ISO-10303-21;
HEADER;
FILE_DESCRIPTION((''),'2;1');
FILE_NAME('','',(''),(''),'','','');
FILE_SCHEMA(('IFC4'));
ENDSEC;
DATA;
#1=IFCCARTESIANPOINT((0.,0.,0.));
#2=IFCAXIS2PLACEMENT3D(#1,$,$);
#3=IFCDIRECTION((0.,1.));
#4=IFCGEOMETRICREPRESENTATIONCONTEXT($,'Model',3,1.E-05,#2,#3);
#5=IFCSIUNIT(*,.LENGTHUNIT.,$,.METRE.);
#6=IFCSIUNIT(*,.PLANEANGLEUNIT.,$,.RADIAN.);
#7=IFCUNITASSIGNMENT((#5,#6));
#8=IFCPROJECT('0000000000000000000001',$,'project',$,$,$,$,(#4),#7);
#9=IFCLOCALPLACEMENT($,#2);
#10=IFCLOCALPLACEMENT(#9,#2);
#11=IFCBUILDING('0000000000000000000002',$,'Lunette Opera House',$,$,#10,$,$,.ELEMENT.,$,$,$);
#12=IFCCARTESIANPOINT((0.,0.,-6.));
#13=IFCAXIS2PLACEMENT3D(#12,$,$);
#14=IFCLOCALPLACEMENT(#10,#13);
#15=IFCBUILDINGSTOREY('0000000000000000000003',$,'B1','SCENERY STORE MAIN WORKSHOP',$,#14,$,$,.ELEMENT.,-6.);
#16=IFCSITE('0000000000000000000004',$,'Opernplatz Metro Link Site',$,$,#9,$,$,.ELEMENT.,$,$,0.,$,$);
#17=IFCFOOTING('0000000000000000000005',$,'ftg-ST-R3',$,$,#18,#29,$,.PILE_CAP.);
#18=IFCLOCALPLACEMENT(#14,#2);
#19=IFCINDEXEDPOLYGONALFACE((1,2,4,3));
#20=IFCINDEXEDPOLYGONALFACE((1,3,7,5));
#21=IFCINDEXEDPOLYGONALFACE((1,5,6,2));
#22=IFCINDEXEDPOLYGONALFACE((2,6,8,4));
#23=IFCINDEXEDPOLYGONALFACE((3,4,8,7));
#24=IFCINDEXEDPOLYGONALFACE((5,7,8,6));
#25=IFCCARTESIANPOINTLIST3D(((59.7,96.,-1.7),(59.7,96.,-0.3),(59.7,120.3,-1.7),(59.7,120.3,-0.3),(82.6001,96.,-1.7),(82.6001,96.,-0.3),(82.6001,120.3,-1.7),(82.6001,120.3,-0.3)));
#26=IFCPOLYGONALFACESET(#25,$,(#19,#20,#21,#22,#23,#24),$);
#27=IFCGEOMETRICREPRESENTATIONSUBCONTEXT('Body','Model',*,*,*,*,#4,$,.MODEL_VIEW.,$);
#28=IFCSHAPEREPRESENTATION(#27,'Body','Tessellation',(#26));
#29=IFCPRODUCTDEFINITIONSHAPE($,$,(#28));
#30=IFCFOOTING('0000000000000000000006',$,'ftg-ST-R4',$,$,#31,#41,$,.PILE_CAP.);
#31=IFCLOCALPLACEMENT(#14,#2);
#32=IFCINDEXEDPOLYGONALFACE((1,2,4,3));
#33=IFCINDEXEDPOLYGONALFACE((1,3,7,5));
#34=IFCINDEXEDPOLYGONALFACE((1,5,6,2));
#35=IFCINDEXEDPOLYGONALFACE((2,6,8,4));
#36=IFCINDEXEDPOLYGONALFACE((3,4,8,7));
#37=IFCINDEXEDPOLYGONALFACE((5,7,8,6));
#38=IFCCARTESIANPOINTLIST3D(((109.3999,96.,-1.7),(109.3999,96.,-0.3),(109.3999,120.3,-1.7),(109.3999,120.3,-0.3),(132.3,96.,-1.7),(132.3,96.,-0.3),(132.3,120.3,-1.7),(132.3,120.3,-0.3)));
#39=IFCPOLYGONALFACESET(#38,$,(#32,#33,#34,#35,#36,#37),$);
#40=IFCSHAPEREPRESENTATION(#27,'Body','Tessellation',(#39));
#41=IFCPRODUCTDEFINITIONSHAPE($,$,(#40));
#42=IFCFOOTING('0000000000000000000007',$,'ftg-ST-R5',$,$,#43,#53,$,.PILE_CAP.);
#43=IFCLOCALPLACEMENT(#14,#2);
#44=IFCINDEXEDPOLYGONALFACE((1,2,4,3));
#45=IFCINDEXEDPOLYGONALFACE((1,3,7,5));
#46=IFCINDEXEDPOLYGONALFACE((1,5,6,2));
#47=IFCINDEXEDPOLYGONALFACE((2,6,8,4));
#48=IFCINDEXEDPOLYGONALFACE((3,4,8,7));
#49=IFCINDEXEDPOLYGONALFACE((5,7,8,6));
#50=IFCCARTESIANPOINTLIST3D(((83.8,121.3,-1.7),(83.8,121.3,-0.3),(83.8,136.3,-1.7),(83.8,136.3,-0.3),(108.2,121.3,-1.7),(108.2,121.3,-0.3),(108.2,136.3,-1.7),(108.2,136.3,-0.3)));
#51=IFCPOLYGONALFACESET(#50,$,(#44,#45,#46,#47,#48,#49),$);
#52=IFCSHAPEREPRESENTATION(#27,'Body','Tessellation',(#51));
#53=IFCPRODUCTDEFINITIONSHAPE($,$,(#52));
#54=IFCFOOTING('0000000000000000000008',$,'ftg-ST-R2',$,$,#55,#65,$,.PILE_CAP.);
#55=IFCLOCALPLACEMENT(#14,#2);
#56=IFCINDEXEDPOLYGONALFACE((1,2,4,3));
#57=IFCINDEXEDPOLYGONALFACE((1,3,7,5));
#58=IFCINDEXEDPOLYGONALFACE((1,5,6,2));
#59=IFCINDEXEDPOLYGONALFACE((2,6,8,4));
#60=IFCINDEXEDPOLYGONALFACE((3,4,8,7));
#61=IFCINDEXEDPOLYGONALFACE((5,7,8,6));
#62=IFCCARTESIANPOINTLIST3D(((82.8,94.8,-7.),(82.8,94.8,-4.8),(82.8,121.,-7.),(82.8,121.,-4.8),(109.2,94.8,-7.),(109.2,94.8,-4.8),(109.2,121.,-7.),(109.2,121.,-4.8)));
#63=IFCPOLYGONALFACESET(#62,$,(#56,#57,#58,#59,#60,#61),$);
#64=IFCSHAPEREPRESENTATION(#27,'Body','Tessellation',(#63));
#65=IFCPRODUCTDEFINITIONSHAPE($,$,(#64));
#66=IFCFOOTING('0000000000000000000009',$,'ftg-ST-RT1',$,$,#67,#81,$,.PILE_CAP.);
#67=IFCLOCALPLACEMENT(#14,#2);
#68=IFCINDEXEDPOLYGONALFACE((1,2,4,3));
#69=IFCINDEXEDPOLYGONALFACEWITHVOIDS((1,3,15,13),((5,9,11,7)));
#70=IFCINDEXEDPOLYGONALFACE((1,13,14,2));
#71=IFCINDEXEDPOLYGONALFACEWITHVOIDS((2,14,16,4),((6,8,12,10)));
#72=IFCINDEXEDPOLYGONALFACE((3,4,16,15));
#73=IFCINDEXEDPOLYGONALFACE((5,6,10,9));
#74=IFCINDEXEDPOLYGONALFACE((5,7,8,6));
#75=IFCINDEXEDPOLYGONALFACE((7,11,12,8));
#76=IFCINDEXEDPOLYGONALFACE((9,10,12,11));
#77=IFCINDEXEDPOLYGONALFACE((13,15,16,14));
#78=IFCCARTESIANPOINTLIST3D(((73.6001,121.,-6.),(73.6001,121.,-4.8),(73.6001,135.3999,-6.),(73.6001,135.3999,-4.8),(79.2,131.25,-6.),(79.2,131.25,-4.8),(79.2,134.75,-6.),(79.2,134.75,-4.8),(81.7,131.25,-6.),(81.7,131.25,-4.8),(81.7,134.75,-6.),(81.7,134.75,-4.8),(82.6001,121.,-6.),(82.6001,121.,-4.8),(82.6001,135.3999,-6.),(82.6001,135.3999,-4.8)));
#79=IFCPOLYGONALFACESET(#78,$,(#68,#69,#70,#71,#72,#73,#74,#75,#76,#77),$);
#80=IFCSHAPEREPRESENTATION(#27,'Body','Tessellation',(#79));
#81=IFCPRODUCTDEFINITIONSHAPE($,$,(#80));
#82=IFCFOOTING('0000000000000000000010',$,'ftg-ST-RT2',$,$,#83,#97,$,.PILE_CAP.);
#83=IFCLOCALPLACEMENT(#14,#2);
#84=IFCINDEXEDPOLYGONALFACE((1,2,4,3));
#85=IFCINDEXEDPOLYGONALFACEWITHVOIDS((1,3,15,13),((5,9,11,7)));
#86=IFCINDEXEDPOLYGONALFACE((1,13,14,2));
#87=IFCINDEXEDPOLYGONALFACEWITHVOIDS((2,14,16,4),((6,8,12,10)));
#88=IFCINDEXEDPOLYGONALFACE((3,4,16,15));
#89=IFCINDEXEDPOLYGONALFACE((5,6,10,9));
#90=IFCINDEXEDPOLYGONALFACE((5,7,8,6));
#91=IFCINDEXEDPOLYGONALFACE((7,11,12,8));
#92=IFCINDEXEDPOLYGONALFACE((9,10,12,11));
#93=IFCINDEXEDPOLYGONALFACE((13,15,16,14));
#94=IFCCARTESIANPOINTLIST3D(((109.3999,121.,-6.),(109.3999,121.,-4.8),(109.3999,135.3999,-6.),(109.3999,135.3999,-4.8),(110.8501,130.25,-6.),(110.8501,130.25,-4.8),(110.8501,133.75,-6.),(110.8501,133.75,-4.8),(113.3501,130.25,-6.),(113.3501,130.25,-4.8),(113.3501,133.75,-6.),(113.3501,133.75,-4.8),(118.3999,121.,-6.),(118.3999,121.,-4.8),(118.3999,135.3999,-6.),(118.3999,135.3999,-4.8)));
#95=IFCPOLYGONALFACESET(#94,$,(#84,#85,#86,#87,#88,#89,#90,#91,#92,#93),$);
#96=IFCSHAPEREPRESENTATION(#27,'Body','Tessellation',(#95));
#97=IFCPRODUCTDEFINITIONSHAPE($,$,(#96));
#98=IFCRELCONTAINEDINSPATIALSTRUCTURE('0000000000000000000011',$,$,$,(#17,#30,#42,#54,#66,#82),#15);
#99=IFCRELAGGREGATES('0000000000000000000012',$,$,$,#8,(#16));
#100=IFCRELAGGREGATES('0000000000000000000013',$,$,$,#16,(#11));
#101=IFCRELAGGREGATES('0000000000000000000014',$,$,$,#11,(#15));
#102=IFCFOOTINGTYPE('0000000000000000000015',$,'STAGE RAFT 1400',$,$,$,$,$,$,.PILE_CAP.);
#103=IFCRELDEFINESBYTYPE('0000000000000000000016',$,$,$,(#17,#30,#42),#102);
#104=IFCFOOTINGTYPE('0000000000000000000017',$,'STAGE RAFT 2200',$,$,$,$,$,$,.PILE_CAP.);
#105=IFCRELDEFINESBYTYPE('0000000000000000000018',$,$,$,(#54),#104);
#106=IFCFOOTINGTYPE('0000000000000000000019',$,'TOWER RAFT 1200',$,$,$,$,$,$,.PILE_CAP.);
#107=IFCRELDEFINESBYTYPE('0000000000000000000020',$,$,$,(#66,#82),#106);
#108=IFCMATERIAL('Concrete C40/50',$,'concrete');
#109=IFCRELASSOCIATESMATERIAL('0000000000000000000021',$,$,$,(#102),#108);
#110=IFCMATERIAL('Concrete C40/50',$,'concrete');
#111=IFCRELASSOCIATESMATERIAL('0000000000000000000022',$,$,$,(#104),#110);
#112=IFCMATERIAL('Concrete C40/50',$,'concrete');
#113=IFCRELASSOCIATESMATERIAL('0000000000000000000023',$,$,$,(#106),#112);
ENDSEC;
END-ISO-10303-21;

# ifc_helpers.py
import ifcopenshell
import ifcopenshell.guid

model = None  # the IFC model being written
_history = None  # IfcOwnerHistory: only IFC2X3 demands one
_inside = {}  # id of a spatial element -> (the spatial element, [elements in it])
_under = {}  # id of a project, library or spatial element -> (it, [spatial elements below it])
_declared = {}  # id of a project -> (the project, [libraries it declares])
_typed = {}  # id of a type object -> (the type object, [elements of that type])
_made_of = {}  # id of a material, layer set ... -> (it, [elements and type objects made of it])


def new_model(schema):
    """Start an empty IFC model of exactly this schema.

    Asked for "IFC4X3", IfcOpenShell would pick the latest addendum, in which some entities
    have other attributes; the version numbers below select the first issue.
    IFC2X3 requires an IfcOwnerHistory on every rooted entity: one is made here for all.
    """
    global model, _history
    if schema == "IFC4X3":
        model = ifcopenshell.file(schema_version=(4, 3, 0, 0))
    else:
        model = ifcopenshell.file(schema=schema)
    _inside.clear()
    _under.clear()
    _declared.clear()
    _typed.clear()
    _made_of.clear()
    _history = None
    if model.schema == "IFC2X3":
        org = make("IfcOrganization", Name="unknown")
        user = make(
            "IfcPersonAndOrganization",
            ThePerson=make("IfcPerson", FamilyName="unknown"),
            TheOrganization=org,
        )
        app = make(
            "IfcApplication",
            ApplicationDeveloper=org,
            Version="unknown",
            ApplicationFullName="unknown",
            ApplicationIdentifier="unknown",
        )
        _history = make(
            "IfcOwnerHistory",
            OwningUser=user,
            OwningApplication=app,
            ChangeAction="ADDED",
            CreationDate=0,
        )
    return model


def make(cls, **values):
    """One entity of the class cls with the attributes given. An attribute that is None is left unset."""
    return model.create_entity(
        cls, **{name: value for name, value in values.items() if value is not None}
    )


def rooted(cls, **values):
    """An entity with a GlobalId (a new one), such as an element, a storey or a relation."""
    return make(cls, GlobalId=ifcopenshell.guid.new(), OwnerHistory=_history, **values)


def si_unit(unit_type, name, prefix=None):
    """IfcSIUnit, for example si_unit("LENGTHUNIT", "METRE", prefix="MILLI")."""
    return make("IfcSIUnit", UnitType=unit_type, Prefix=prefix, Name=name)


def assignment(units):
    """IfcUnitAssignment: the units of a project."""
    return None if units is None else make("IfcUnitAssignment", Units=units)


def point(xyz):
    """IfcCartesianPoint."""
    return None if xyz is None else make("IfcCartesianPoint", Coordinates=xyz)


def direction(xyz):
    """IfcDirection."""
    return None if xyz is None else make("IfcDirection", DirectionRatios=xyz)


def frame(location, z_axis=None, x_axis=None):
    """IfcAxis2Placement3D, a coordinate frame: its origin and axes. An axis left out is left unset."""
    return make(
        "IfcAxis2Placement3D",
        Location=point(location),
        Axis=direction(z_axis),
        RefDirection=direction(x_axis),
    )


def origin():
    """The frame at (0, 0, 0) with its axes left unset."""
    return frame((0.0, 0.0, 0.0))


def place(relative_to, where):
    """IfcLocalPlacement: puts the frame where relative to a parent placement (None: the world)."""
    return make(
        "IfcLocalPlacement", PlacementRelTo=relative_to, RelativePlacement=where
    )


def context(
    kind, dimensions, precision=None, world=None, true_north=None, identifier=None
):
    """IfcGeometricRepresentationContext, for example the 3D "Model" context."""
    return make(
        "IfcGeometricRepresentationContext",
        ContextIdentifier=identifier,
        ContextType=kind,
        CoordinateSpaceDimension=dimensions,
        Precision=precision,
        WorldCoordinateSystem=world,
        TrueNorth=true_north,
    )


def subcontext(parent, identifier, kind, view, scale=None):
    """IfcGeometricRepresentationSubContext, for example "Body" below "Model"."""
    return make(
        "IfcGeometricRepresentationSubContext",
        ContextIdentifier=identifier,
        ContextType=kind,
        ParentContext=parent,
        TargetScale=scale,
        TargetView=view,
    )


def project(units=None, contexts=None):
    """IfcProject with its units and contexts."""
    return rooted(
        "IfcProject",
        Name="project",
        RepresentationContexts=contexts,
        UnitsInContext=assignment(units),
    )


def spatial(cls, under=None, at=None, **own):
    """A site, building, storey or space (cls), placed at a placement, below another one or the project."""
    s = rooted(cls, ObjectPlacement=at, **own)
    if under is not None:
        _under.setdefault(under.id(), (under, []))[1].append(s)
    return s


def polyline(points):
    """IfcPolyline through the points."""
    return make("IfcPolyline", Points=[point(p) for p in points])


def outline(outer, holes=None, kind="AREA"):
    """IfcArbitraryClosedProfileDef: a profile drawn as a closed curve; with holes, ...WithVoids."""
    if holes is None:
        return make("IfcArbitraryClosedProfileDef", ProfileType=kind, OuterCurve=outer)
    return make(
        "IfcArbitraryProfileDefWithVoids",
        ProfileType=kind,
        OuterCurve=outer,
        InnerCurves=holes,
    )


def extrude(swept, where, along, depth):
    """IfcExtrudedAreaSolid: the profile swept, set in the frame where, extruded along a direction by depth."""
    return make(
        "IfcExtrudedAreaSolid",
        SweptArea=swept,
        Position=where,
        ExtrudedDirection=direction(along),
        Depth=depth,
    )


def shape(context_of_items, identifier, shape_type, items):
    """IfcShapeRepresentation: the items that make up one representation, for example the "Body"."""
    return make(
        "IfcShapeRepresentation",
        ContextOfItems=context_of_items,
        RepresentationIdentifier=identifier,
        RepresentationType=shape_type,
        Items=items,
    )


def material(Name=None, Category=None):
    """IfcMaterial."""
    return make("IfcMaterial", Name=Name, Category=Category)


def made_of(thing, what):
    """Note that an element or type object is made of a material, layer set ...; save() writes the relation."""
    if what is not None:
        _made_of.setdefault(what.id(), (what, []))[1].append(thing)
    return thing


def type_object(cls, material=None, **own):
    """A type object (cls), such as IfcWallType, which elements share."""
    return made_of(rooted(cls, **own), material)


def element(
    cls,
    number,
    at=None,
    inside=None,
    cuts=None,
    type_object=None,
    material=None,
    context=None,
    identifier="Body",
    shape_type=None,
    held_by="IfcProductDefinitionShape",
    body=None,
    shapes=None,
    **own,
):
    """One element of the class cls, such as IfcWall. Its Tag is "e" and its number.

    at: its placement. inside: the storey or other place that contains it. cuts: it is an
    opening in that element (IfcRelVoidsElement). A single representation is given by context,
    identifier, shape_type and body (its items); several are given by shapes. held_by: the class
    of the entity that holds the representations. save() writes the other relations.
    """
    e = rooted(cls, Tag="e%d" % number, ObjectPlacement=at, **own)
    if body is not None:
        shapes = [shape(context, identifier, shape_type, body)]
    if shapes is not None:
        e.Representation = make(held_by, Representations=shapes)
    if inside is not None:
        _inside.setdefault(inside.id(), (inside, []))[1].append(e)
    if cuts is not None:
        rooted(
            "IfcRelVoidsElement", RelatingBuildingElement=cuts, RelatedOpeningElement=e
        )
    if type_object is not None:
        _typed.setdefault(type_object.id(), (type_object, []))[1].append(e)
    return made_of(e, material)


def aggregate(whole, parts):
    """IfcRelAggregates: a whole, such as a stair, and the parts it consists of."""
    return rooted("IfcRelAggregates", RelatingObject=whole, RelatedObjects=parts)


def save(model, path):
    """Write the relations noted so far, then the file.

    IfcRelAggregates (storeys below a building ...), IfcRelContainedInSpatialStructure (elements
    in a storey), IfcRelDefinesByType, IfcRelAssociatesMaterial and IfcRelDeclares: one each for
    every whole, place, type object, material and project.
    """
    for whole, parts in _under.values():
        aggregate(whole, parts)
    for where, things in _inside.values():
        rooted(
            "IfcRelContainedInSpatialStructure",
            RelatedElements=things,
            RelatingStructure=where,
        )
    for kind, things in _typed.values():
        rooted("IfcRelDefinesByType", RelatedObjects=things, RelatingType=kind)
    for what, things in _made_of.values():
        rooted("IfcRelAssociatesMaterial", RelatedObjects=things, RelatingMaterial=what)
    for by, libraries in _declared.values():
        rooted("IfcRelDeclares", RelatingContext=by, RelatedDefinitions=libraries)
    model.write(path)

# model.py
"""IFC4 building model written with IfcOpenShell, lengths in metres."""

from ifc_helpers import new_model, si_unit, direction, frame, origin, place, context, subcontext, project, spatial, polyline, outline, extrude, material, type_object, element, save


model = new_model("IFC4")

# Units and contexts
model_context = context("Model", 3, precision=1e-05, world=origin(), true_north=direction((0.0, 1.0)))
body_context = subcontext(model_context, "Body", "Model", "MODEL_VIEW")
ifc_project = project(units=[si_unit("LENGTHUNIT", "METRE"), si_unit("PLANEANGLEUNIT", "RADIAN")], contexts=[model_context])

# Site, building, storey
site_placement = place(None, origin())
site = spatial("IfcSite", under=ifc_project, at=site_placement, Name="Opernplatz Metro Link Site", CompositionType="ELEMENT", RefElevation=0.0)
building_placement = place(site_placement, origin())
building = spatial("IfcBuilding", under=site, at=building_placement, Name="Lunette Opera House", CompositionType="ELEMENT")
storey_placement = place(building_placement, frame((0.0, 0.0, -6.0)))
storey = spatial("IfcBuildingStorey", under=building, at=storey_placement, Name="B1", Description="SCENERY STORE MAIN WORKSHOP", CompositionType="ELEMENT", Elevation=-6.0)

# Footings
ifc_material_1 = material(Name="Concrete C40/50", Category="concrete")
footing_type_1 = type_object("IfcFootingType", Name="STAGE RAFT 1400", PredefinedType="PILE_CAP", material=ifc_material_1)
footing_1_placement = place(storey_placement, frame((0.0, 0.0, -1.7)))
element("IfcFooting", 1, at=footing_1_placement, inside=storey, type_object=footing_type_1, Name="ftg-ST-R3", PredefinedType="PILE_CAP", context=body_context, shape_type="SweptSolid", body=[
    extrude(outline(polyline([(82.6001, 96.0), (82.6001, 120.3), (59.7, 120.3), (59.7, 96.0), (82.6001, 96.0)])), origin(), (0.0, 0.0, 1.0), 1.3999),
])
footing_2_placement = place(storey_placement, frame((0.0, 0.0, -1.7)))
element("IfcFooting", 2, at=footing_2_placement, inside=storey, type_object=footing_type_1, Name="ftg-ST-R4", PredefinedType="PILE_CAP", context=body_context, shape_type="SweptSolid", body=[
    extrude(outline(polyline([(132.3, 96.0), (132.3, 120.3), (109.3999, 120.3), (109.3999, 96.0), (132.3, 96.0)])), origin(), (0.0, 0.0, 1.0), 1.3999),
])
footing_3_placement = place(storey_placement, frame((0.0, 0.0, -1.7)))
element("IfcFooting", 3, at=footing_3_placement, inside=storey, type_object=footing_type_1, Name="ftg-ST-R5", PredefinedType="PILE_CAP", context=body_context, shape_type="SweptSolid", body=[
    extrude(outline(polyline([(108.2, 121.3), (108.2, 136.3), (83.8, 136.3), (83.8, 121.3), (108.2, 121.3)])), origin(), (0.0, 0.0, 1.0), 1.3999),
])
ifc_material_2 = material(Name="Concrete C40/50", Category="concrete")
footing_type_2 = type_object("IfcFootingType", Name="STAGE RAFT 2200", PredefinedType="PILE_CAP", material=ifc_material_2)
footing_4_placement = place(storey_placement, frame((0.0, 0.0, -7.0)))
element("IfcFooting", 4, at=footing_4_placement, inside=storey, type_object=footing_type_2, Name="ftg-ST-R2", PredefinedType="PILE_CAP", context=body_context, shape_type="SweptSolid", body=[
    extrude(outline(polyline([(109.2, 94.8), (109.2, 121.0), (82.8, 121.0), (82.8, 94.8), (109.2, 94.8)])), origin(), (0.0, 0.0, 1.0), 2.2),
])
ifc_material_3 = material(Name="Concrete C40/50", Category="concrete")
footing_type_3 = type_object("IfcFootingType", Name="TOWER RAFT 1200", PredefinedType="PILE_CAP", material=ifc_material_3)
footing_5_placement = place(storey_placement, frame((0.0, 0.0, -6.0)))
element("IfcFooting", 5, at=footing_5_placement, inside=storey, type_object=footing_type_3, Name="ftg-ST-RT1", PredefinedType="PILE_CAP", context=body_context, shape_type="SweptSolid", body=[
    extrude(outline(polyline([(73.6001, 121.0), (82.6001, 121.0), (82.6001, 135.3999), (73.6001, 135.3999), (73.6001, 121.0)]), holes=[polyline([(81.7, 134.75), (81.7, 131.25), (79.2, 131.25), (79.2, 134.75), (81.7, 134.75)])]), origin(), (0.0, 0.0, 1.0), 1.2),
])
footing_6_placement = place(storey_placement, frame((0.0, 0.0, -6.0)))
element("IfcFooting", 6, at=footing_6_placement, inside=storey, type_object=footing_type_3, Name="ftg-ST-RT2", PredefinedType="PILE_CAP", context=body_context, shape_type="SweptSolid", body=[
    extrude(outline(polyline([(109.3999, 121.0), (118.3999, 121.0), (118.3999, 135.3999), (109.3999, 135.3999), (109.3999, 121.0)]), holes=[polyline([(113.3501, 133.75), (113.3501, 130.25), (110.8501, 130.25), (110.8501, 133.75), (113.3501, 133.75)])]), origin(), (0.0, 0.0, 1.0), 1.2),
])

save(model, "model.ifc")
